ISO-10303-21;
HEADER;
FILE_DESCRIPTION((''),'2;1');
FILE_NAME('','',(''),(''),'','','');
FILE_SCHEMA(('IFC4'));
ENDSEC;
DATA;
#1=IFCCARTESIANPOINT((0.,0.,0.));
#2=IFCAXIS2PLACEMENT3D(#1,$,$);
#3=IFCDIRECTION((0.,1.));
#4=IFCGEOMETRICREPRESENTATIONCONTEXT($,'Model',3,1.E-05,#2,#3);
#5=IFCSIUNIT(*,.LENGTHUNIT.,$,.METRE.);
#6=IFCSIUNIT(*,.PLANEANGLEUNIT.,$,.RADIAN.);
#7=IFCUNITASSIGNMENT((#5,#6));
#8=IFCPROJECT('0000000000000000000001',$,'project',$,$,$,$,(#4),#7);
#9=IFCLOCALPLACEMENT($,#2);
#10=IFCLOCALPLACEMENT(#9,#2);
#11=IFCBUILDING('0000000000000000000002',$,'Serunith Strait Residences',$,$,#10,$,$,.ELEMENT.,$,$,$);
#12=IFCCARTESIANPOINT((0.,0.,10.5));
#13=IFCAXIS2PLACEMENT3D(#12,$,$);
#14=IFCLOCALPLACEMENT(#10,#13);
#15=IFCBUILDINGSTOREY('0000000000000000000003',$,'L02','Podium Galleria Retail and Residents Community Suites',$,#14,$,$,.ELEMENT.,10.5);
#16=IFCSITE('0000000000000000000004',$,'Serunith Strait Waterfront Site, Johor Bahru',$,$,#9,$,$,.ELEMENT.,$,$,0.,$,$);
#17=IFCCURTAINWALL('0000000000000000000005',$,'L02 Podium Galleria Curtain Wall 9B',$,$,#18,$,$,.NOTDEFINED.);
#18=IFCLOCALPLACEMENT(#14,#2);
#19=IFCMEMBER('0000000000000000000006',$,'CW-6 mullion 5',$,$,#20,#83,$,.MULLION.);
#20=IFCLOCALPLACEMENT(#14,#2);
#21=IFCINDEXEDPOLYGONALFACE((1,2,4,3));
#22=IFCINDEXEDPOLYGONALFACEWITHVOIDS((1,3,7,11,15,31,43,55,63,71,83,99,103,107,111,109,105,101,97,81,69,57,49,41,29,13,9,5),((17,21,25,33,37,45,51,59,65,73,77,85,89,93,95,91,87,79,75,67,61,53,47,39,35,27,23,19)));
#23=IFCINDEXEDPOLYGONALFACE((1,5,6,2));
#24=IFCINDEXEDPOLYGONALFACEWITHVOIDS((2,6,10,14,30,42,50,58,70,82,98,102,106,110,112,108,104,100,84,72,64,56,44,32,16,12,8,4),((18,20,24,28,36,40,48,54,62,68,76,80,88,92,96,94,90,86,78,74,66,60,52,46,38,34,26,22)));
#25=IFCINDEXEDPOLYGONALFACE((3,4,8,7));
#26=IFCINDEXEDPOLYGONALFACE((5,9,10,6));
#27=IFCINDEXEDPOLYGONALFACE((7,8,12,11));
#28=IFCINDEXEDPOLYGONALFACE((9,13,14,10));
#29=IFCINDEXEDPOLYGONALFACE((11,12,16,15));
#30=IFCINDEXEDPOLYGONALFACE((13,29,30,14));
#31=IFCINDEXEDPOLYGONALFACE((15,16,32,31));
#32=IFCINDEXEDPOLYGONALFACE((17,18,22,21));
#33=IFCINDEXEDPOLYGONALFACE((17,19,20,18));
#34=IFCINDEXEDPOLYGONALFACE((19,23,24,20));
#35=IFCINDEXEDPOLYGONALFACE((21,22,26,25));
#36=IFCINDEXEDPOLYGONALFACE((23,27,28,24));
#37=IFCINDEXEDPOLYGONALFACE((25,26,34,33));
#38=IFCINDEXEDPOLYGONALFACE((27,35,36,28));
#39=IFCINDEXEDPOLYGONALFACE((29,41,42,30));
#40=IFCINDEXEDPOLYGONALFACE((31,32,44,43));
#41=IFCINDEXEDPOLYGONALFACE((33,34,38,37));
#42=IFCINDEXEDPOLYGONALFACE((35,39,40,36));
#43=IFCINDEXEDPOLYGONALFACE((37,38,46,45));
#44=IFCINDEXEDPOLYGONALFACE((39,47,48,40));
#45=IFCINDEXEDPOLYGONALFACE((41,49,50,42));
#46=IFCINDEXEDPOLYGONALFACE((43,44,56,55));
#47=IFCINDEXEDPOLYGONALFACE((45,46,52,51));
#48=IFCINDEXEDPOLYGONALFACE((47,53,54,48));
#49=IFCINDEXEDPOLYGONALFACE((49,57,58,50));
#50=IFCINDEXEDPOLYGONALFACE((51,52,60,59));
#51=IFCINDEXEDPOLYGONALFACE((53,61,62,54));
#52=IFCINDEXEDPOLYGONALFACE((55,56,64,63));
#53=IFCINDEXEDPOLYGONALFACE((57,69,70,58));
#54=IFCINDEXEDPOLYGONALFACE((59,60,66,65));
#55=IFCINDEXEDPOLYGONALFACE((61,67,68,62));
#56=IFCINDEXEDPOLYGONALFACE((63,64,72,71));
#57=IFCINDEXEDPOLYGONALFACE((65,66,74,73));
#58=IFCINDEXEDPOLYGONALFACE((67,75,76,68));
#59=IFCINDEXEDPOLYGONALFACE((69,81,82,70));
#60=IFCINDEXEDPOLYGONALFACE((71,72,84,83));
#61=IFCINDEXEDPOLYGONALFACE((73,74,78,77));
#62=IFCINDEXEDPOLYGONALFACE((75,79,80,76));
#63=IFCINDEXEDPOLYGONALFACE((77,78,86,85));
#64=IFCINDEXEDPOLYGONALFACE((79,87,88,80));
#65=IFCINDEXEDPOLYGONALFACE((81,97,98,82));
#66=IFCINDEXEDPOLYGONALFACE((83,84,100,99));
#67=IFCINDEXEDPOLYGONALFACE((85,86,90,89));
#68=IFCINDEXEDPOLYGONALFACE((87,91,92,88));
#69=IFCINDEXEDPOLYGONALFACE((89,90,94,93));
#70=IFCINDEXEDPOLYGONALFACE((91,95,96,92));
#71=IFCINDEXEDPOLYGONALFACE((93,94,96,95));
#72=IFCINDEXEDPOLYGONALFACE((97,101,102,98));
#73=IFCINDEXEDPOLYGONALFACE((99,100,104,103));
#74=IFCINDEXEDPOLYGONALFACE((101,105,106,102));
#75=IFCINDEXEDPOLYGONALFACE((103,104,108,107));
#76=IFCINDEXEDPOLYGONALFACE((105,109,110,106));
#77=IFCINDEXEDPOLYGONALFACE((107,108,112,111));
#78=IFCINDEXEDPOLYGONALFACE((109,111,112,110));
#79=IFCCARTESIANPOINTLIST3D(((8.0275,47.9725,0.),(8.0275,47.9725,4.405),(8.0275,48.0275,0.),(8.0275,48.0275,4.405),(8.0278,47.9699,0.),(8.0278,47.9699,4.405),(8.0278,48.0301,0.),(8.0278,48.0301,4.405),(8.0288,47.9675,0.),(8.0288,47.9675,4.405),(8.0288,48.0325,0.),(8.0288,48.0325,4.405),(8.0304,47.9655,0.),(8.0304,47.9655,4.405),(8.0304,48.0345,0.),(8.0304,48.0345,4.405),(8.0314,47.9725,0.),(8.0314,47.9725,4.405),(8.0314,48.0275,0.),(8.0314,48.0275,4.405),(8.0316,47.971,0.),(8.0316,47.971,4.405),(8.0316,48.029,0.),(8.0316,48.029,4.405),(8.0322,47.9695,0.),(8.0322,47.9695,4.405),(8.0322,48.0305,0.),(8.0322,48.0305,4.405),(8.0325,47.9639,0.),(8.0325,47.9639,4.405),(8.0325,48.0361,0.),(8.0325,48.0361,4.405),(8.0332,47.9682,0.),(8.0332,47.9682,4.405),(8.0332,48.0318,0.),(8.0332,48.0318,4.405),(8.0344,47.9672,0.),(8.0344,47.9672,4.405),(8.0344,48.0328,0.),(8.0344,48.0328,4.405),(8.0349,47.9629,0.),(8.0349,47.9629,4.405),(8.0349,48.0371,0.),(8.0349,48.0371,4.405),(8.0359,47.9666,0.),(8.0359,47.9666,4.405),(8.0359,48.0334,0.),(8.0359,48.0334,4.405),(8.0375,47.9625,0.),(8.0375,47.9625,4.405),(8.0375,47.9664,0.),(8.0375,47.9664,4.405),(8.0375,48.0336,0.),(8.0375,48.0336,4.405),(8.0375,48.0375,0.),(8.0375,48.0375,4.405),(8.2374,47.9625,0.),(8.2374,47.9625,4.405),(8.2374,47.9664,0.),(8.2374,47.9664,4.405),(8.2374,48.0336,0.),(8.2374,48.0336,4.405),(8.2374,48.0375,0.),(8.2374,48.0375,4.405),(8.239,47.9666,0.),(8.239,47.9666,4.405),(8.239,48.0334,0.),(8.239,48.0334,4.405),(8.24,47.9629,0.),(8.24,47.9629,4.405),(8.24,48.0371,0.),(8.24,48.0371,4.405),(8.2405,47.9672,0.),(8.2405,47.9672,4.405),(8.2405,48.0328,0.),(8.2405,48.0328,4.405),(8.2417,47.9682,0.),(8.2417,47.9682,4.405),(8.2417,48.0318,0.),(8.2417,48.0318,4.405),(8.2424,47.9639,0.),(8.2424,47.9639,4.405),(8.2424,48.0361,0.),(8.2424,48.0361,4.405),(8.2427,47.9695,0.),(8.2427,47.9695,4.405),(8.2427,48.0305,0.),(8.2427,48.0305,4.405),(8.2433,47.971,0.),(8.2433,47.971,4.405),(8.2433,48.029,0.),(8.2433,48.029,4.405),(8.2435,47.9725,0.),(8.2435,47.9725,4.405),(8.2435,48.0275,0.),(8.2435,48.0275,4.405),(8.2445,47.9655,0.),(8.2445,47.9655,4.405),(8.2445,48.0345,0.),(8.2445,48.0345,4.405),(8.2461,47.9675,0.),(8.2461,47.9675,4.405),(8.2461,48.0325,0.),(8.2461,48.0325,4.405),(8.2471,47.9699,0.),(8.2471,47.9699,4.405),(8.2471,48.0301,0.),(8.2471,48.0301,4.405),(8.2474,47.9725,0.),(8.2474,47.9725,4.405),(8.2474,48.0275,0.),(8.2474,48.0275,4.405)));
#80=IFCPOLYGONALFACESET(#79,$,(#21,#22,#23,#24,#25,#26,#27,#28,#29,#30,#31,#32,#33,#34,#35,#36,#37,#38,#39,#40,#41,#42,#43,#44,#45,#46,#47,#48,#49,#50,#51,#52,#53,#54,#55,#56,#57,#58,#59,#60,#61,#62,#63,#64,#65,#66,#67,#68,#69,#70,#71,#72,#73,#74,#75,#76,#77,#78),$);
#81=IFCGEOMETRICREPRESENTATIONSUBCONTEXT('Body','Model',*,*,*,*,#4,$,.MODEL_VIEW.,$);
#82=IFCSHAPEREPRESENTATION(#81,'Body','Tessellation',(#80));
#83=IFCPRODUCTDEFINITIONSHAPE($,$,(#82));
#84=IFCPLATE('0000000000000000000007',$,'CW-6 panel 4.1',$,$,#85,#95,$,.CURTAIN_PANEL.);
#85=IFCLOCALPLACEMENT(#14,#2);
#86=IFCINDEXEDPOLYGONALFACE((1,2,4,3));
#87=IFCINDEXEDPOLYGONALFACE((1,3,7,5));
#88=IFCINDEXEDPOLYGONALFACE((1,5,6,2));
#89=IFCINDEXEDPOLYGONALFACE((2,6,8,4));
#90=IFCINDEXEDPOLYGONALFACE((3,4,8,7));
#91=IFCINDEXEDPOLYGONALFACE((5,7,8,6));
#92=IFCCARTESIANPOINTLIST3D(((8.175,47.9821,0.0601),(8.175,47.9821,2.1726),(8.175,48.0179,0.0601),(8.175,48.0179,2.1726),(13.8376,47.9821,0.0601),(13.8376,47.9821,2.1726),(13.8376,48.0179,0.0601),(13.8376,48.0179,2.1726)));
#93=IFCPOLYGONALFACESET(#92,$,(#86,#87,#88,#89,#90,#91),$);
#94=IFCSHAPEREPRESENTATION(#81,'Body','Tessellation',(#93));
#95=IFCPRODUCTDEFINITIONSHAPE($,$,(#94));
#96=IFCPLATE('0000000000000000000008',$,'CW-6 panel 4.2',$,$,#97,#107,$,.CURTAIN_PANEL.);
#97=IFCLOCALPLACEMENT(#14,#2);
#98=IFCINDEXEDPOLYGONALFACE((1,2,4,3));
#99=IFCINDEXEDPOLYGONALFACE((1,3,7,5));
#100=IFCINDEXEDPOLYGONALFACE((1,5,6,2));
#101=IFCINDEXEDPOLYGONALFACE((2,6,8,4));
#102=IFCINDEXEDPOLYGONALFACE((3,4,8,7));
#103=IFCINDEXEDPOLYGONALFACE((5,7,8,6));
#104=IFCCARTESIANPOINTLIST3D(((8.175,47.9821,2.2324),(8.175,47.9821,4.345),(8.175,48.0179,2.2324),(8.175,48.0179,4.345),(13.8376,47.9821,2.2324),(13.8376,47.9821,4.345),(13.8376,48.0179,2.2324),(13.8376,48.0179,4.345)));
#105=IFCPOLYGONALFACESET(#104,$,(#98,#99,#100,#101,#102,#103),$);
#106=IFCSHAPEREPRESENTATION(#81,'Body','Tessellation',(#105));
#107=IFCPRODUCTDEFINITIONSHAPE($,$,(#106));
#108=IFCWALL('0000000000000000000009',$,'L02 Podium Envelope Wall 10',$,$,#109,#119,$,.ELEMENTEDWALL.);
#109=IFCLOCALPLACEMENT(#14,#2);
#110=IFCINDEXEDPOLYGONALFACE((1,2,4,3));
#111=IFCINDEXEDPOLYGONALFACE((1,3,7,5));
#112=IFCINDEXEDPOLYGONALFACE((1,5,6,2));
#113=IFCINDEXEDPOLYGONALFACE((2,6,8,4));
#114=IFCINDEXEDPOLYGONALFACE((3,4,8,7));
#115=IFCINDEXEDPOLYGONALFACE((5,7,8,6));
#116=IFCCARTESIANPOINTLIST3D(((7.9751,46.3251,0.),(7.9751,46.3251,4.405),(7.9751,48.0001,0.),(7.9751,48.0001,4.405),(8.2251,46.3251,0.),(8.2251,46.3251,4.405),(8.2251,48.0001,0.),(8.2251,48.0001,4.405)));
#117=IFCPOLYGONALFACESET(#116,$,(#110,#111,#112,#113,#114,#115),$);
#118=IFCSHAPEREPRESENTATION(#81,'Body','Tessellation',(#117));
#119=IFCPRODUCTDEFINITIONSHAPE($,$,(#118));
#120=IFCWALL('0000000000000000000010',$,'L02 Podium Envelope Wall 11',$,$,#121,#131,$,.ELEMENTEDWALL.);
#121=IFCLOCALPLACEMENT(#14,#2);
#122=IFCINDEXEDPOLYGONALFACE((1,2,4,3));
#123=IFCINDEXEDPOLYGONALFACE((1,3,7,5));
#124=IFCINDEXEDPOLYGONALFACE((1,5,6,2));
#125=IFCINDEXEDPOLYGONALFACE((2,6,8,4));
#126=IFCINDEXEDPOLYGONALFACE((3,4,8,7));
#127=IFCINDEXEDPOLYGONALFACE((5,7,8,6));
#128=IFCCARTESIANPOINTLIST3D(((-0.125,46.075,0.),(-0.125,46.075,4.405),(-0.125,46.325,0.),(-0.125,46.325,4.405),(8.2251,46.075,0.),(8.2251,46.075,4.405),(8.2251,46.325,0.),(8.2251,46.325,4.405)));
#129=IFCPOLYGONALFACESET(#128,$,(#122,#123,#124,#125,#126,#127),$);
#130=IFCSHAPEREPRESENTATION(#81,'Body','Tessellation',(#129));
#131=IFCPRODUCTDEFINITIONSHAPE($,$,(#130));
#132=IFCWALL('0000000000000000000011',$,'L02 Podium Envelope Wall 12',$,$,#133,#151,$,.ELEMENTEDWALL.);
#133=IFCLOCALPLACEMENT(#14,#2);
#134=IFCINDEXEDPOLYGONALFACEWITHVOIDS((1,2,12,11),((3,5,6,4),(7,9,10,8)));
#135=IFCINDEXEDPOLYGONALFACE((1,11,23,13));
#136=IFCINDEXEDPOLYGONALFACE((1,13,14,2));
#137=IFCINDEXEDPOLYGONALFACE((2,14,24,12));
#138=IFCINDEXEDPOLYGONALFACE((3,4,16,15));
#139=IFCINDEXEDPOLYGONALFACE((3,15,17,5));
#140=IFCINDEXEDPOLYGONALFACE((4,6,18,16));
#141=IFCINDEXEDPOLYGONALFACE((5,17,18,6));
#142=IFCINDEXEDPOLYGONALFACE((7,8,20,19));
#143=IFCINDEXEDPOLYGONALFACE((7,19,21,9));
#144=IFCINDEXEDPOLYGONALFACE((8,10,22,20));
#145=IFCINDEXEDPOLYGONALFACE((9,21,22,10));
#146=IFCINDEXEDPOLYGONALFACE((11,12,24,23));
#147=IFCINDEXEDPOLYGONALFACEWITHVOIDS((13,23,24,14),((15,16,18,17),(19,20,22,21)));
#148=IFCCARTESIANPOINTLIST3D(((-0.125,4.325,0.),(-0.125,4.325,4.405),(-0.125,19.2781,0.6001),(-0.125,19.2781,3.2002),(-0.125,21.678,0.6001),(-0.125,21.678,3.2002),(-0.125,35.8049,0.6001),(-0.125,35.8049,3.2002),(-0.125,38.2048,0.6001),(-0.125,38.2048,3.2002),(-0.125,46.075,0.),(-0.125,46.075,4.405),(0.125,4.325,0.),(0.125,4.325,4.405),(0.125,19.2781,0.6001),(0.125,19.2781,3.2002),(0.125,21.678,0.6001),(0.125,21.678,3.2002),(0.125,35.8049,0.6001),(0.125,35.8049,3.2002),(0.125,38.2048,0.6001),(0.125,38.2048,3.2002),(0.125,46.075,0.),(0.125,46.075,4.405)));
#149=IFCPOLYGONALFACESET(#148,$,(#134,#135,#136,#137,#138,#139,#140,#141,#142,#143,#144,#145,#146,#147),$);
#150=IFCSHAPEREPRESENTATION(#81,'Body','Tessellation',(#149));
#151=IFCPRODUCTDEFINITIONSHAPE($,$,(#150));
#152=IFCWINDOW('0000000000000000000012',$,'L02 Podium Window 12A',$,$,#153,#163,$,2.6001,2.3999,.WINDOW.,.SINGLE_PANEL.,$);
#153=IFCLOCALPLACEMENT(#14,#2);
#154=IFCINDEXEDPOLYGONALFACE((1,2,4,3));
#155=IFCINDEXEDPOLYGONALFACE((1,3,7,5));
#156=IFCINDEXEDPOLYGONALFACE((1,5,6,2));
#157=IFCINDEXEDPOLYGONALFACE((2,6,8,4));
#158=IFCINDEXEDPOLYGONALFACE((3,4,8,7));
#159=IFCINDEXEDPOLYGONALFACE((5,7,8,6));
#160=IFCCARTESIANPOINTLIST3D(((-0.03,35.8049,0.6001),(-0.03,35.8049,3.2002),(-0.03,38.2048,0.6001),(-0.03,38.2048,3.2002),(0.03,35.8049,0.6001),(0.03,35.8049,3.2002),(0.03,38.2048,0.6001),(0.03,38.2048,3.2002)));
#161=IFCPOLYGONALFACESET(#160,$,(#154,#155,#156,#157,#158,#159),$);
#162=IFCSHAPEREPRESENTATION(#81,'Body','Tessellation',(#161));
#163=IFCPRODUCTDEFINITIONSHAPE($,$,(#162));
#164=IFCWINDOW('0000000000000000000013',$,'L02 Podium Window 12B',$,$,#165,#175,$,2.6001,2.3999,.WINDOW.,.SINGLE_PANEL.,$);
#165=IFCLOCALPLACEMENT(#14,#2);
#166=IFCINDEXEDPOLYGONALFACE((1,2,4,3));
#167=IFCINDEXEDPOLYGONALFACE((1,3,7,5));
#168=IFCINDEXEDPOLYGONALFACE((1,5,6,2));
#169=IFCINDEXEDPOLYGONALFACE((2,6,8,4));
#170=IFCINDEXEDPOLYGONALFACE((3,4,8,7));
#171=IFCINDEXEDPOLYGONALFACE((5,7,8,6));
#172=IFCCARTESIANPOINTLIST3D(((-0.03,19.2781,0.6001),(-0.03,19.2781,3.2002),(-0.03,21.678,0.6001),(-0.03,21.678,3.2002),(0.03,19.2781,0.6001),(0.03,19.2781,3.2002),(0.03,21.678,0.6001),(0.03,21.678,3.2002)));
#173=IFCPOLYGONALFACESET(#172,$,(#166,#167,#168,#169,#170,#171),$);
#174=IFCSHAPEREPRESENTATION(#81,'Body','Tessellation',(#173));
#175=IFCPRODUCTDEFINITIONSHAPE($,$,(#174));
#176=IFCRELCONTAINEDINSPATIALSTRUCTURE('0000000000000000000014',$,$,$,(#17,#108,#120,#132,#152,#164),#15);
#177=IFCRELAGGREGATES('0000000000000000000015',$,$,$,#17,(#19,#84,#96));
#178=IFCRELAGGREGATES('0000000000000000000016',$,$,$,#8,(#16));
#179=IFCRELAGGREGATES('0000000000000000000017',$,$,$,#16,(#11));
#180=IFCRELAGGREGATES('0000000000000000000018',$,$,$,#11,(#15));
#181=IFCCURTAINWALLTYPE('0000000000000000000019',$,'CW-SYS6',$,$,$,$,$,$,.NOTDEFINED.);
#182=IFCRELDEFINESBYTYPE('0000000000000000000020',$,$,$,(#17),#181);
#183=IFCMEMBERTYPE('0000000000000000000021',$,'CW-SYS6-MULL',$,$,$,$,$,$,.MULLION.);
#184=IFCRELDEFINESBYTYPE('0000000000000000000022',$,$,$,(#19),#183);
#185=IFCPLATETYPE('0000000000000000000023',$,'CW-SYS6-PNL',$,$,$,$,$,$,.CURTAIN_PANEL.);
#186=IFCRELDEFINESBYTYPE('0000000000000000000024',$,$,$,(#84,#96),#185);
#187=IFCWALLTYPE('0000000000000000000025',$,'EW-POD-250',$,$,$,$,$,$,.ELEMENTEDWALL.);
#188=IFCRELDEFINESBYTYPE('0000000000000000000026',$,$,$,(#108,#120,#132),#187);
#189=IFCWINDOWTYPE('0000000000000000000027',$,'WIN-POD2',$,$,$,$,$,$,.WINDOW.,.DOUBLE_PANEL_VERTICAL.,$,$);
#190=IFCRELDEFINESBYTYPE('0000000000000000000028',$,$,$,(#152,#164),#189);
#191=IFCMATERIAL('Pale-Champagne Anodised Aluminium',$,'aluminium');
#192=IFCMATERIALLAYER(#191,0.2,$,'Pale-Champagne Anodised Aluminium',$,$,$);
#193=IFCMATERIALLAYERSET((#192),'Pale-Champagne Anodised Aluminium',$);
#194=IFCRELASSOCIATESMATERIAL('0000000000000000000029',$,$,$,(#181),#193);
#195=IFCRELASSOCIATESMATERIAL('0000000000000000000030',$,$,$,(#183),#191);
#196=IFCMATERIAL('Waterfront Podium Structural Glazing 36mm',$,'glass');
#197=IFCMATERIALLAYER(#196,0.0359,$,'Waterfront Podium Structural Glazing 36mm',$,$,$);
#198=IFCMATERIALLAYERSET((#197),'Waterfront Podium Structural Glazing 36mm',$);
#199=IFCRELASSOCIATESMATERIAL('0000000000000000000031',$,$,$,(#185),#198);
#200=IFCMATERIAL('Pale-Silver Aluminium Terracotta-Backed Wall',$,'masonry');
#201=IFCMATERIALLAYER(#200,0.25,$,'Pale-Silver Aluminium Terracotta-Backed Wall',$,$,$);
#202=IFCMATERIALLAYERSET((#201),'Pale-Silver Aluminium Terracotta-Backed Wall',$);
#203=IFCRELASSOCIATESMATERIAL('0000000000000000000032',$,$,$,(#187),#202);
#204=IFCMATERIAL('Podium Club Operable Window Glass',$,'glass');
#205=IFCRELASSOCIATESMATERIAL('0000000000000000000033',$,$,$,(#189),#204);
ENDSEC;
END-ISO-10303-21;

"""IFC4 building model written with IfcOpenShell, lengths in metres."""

from ifc_helpers import new_model, si_unit, direction, frame, frame_2d, origin, origin_2d, place, context, subcontext, project, spatial, rectangle, hollow_rectangle, extrude, source, transform, mapped, material, layer, layer_set, material_profile, profile_set, type_object, element, fill, aggregate, save


model = new_model("IFC4")

# Units and contexts
model_context = context("Model", 3, precision=1e-05, world=origin(), true_north=direction((0.0, 1.0)))
body_context = subcontext(model_context, "Body", "Model", "MODEL_VIEW")
ifc_project = project(units=[si_unit("LENGTHUNIT", "METRE"), si_unit("PLANEANGLEUNIT", "RADIAN")], contexts=[model_context])

# Site, building, storey
site_placement = place(None, origin())
site = spatial("IfcSite", under=ifc_project, at=site_placement, Name="Serunith Strait Waterfront Site, Johor Bahru", CompositionType="ELEMENT", RefElevation=0.0)
building_placement = place(site_placement, origin())
building = spatial("IfcBuilding", under=site, at=building_placement, Name="Serunith Strait Residences", CompositionType="ELEMENT")
storey_placement = place(building_placement, frame((0.0, 0.0, 10.5)))
storey = spatial("IfcBuildingStorey", under=building, at=storey_placement, Name="L02", Description="Podium Galleria Retail and Residents Community Suites", CompositionType="ELEMENT", Elevation=10.5)

# Curtain wall, member, plates
ifc_material_1 = material(Name="Pale-Champagne Anodised Aluminium", Category="aluminium")
ifc_layer_1 = layer(ifc_material_1, 0.2, Name="Pale-Champagne Anodised Aluminium")
ifc_layer_set_1 = layer_set([ifc_layer_1], Name="Pale-Champagne Anodised Aluminium")
curtain_wall_type = type_object("IfcCurtainWallType", Name="CW-SYS6", PredefinedType="NOTDEFINED", material=ifc_layer_set_1)
curtain_wall_placement = place(storey_placement, origin())
curtain_wall = element("IfcCurtainWall", 1, at=curtain_wall_placement, inside=storey, type_object=curtain_wall_type, Name="L02 Podium Galleria Curtain Wall 9B", PredefinedType="NOTDEFINED")
ifc_material_profile_1 = material_profile(ifc_material_1, hollow_rectangle(XDim=0.075, YDim=0.22, WallThickness=0.0039, InnerFilletRadius=0.0061, OuterFilletRadius=0.01, at=origin_2d()), Name="ALU 220x75x4")
ifc_profile_set_1 = profile_set([ifc_material_profile_1], Name="Pale-Champagne Anodised Aluminium")
member_type_1 = type_object("IfcMemberType", Name="CW-SYS6-MULL", PredefinedType="MULLION", material=ifc_profile_set_1)
shared_shape_1 = source(origin(), body_context, "Body", "SweptSolid", [
    extrude(hollow_rectangle(XDim=0.075, YDim=0.22, WallThickness=0.0039, InnerFilletRadius=0.0061, OuterFilletRadius=0.01, at=origin_2d()), origin(), (0.0, 0.0, 1.0), 4.405),
])
member_1_placement = place(storey_placement, frame((8.1375, 48.0, 0.0), z_axis=(0.0, 0.0, 1.0), x_axis=(0.0, -1.0, 0.0)))
member_1 = element("IfcMember", 2, at=member_1_placement, type_object=member_type_1, Name="CW-6 mullion 5", PredefinedType="MULLION", context=body_context, shape_type="MappedRepresentation", body=[
    mapped(shared_shape_1, transform((0.0, 0.0, 0.0), scale=1.0)),
])
ifc_material_2 = material(Name="Waterfront Podium Structural Glazing 36mm", Category="glass")
ifc_layer_2 = layer(ifc_material_2, 0.0359, Name="Waterfront Podium Structural Glazing 36mm")
ifc_layer_set_2 = layer_set([ifc_layer_2], Name="Waterfront Podium Structural Glazing 36mm")
plate_type = type_object("IfcPlateType", Name="CW-SYS6-PNL", PredefinedType="CURTAIN_PANEL", material=ifc_layer_set_2)
shared_shape_2 = source(origin(), body_context, "Body", "SweptSolid", [
    extrude(rectangle(XDim=5.6626, YDim=0.0359, at=origin_2d()), origin(), (0.0, 0.0, 1.0), 2.1125),
])
plate_1_placement = place(storey_placement, frame((11.0063, 48.0, 0.0601), z_axis=(0.0, 0.0, 1.0), x_axis=(-1.0, 0.0, 0.0)))
plate_1 = element("IfcPlate", 3, at=plate_1_placement, type_object=plate_type, Name="CW-6 panel 4.1", PredefinedType="CURTAIN_PANEL", context=body_context, shape_type="MappedRepresentation", body=[
    mapped(shared_shape_2, transform((0.0, 0.0, 0.0), scale=1.0)),
])
plate_2_placement = place(storey_placement, frame((11.0063, 48.0, 2.2324), z_axis=(0.0, 0.0, 1.0), x_axis=(-1.0, 0.0, 0.0)))
plate_2 = element("IfcPlate", 4, at=plate_2_placement, type_object=plate_type, Name="CW-6 panel 4.2", PredefinedType="CURTAIN_PANEL", context=body_context, shape_type="MappedRepresentation", body=[
    mapped(shared_shape_2, transform((0.0, 0.0, 0.0), scale=1.0)),
])
aggregate(curtain_wall, [member_1, plate_1, plate_2])

# Walls
ifc_material_3 = material(Name="Pale-Silver Aluminium Terracotta-Backed Wall", Category="masonry")
ifc_layer_3 = layer(ifc_material_3, 0.25, Name="Pale-Silver Aluminium Terracotta-Backed Wall")
ifc_layer_set_3 = layer_set([ifc_layer_3], Name="Pale-Silver Aluminium Terracotta-Backed Wall")
wall_type_1 = type_object("IfcWallType", Name="EW-POD-250", PredefinedType="ELEMENTEDWALL", material=ifc_layer_set_3)
wall_1_placement = place(storey_placement, frame((8.1001, 48.0, 0.0), z_axis=(0.0, 0.0, 1.0), x_axis=(0.0, -1.0, 0.0)))
element("IfcWall", 5, at=wall_1_placement, inside=storey, type_object=wall_type_1, Name="L02 Podium Envelope Wall 10", PredefinedType="ELEMENTEDWALL", context=body_context, shape_type="SweptSolid", body=[
    extrude(rectangle(XDim=1.675, YDim=0.25, at=frame_2d((0.8374, 0.0))), origin(), (0.0, 0.0, 1.0), 4.405),
])
wall_2_placement = place(storey_placement, frame((8.2251, 46.2, 0.0), z_axis=(0.0, 0.0, 1.0), x_axis=(-1.0, 0.0, 0.0)))
element("IfcWall", 6, at=wall_2_placement, inside=storey, type_object=wall_type_1, Name="L02 Podium Envelope Wall 11", PredefinedType="ELEMENTEDWALL", context=body_context, shape_type="SweptSolid", body=[
    extrude(rectangle(XDim=8.3501, YDim=0.25, at=frame_2d((4.175, 0.0))), origin(), (0.0, 0.0, 1.0), 4.405),
])

# Wall, openings, windows
wall_3_placement = place(storey_placement, frame((0.0, 46.075, 0.0), z_axis=(0.0, 0.0, 1.0), x_axis=(0.0, -1.0, 0.0)))
wall_3 = element("IfcWall", 7, at=wall_3_placement, inside=storey, type_object=wall_type_1, Name="L02 Podium Envelope Wall 12", PredefinedType="ELEMENTEDWALL", context=body_context, shape_type="SweptSolid", body=[
    extrude(rectangle(XDim=41.75, YDim=0.25, at=frame_2d((20.875, 0.0))), origin(), (0.0, 0.0, 1.0), 4.405),
])
opening_1_placement = place(wall_3_placement, frame((7.8701, 0.0, 0.6001)))
opening_1 = element("IfcOpeningElement", 8, at=opening_1_placement, cuts=wall_3, PredefinedType="OPENING", context=body_context, shape_type="SweptSolid", body=[
    extrude(rectangle(XDim=2.3999, YDim=2.6001, at=frame_2d((1.2, 1.3))), frame((0.0, 0.135, 0.0), z_axis=(0.0, -1.0, 0.0), x_axis=(1.0, 0.0, 0.0)), (0.0, 0.0, 1.0), 0.27),
])
opening_2_placement = place(wall_3_placement, frame((24.397, 0.0, 0.6001)))
opening_2 = element("IfcOpeningElement", 9, at=opening_2_placement, cuts=wall_3, PredefinedType="OPENING", context=body_context, shape_type="SweptSolid", body=[
    extrude(rectangle(XDim=2.3999, YDim=2.6001, at=frame_2d((1.2, 1.3))), frame((0.0, 0.135, 0.0), z_axis=(0.0, -1.0, 0.0), x_axis=(1.0, 0.0, 0.0)), (0.0, 0.0, 1.0), 0.27),
])
ifc_material_4 = material(Name="Podium Club Operable Window Glass", Category="glass")
window_type = type_object("IfcWindowType", Name="WIN-POD2", PartitioningType="DOUBLE_PANEL_VERTICAL", PredefinedType="WINDOW", material=ifc_material_4)
shared_shape_3 = source(origin(), body_context, "Body", "SweptSolid", [
    extrude(rectangle(XDim=2.3999, YDim=2.6001, at=frame_2d((1.2, 1.3))), frame((0.0, 0.03, 0.0), z_axis=(0.0, -1.0, 0.0), x_axis=(1.0, 0.0, 0.0)), (0.0, 0.0, 1.0), 0.0601),
])
window_1_placement = place(opening_1_placement, origin())
window_1 = element("IfcWindow", 10, at=window_1_placement, inside=storey, type_object=window_type, Name="L02 Podium Window 12A", OverallHeight=2.6001, OverallWidth=2.3999, PartitioningType="SINGLE_PANEL", PredefinedType="WINDOW", context=body_context, shape_type="MappedRepresentation", body=[
    mapped(shared_shape_3, transform((0.0, 0.0, 0.0), scale=1.0)),
])
fill(opening_1, window_1)
window_2_placement = place(opening_2_placement, origin())
window_2 = element("IfcWindow", 11, at=window_2_placement, inside=storey, type_object=window_type, Name="L02 Podium Window 12B", OverallHeight=2.6001, OverallWidth=2.3999, PartitioningType="SINGLE_PANEL", PredefinedType="WINDOW", context=body_context, shape_type="MappedRepresentation", body=[
    mapped(shared_shape_3, transform((0.0, 0.0, 0.0), scale=1.0)),
])
fill(opening_2, window_2)

save(model, "model.ifc")
